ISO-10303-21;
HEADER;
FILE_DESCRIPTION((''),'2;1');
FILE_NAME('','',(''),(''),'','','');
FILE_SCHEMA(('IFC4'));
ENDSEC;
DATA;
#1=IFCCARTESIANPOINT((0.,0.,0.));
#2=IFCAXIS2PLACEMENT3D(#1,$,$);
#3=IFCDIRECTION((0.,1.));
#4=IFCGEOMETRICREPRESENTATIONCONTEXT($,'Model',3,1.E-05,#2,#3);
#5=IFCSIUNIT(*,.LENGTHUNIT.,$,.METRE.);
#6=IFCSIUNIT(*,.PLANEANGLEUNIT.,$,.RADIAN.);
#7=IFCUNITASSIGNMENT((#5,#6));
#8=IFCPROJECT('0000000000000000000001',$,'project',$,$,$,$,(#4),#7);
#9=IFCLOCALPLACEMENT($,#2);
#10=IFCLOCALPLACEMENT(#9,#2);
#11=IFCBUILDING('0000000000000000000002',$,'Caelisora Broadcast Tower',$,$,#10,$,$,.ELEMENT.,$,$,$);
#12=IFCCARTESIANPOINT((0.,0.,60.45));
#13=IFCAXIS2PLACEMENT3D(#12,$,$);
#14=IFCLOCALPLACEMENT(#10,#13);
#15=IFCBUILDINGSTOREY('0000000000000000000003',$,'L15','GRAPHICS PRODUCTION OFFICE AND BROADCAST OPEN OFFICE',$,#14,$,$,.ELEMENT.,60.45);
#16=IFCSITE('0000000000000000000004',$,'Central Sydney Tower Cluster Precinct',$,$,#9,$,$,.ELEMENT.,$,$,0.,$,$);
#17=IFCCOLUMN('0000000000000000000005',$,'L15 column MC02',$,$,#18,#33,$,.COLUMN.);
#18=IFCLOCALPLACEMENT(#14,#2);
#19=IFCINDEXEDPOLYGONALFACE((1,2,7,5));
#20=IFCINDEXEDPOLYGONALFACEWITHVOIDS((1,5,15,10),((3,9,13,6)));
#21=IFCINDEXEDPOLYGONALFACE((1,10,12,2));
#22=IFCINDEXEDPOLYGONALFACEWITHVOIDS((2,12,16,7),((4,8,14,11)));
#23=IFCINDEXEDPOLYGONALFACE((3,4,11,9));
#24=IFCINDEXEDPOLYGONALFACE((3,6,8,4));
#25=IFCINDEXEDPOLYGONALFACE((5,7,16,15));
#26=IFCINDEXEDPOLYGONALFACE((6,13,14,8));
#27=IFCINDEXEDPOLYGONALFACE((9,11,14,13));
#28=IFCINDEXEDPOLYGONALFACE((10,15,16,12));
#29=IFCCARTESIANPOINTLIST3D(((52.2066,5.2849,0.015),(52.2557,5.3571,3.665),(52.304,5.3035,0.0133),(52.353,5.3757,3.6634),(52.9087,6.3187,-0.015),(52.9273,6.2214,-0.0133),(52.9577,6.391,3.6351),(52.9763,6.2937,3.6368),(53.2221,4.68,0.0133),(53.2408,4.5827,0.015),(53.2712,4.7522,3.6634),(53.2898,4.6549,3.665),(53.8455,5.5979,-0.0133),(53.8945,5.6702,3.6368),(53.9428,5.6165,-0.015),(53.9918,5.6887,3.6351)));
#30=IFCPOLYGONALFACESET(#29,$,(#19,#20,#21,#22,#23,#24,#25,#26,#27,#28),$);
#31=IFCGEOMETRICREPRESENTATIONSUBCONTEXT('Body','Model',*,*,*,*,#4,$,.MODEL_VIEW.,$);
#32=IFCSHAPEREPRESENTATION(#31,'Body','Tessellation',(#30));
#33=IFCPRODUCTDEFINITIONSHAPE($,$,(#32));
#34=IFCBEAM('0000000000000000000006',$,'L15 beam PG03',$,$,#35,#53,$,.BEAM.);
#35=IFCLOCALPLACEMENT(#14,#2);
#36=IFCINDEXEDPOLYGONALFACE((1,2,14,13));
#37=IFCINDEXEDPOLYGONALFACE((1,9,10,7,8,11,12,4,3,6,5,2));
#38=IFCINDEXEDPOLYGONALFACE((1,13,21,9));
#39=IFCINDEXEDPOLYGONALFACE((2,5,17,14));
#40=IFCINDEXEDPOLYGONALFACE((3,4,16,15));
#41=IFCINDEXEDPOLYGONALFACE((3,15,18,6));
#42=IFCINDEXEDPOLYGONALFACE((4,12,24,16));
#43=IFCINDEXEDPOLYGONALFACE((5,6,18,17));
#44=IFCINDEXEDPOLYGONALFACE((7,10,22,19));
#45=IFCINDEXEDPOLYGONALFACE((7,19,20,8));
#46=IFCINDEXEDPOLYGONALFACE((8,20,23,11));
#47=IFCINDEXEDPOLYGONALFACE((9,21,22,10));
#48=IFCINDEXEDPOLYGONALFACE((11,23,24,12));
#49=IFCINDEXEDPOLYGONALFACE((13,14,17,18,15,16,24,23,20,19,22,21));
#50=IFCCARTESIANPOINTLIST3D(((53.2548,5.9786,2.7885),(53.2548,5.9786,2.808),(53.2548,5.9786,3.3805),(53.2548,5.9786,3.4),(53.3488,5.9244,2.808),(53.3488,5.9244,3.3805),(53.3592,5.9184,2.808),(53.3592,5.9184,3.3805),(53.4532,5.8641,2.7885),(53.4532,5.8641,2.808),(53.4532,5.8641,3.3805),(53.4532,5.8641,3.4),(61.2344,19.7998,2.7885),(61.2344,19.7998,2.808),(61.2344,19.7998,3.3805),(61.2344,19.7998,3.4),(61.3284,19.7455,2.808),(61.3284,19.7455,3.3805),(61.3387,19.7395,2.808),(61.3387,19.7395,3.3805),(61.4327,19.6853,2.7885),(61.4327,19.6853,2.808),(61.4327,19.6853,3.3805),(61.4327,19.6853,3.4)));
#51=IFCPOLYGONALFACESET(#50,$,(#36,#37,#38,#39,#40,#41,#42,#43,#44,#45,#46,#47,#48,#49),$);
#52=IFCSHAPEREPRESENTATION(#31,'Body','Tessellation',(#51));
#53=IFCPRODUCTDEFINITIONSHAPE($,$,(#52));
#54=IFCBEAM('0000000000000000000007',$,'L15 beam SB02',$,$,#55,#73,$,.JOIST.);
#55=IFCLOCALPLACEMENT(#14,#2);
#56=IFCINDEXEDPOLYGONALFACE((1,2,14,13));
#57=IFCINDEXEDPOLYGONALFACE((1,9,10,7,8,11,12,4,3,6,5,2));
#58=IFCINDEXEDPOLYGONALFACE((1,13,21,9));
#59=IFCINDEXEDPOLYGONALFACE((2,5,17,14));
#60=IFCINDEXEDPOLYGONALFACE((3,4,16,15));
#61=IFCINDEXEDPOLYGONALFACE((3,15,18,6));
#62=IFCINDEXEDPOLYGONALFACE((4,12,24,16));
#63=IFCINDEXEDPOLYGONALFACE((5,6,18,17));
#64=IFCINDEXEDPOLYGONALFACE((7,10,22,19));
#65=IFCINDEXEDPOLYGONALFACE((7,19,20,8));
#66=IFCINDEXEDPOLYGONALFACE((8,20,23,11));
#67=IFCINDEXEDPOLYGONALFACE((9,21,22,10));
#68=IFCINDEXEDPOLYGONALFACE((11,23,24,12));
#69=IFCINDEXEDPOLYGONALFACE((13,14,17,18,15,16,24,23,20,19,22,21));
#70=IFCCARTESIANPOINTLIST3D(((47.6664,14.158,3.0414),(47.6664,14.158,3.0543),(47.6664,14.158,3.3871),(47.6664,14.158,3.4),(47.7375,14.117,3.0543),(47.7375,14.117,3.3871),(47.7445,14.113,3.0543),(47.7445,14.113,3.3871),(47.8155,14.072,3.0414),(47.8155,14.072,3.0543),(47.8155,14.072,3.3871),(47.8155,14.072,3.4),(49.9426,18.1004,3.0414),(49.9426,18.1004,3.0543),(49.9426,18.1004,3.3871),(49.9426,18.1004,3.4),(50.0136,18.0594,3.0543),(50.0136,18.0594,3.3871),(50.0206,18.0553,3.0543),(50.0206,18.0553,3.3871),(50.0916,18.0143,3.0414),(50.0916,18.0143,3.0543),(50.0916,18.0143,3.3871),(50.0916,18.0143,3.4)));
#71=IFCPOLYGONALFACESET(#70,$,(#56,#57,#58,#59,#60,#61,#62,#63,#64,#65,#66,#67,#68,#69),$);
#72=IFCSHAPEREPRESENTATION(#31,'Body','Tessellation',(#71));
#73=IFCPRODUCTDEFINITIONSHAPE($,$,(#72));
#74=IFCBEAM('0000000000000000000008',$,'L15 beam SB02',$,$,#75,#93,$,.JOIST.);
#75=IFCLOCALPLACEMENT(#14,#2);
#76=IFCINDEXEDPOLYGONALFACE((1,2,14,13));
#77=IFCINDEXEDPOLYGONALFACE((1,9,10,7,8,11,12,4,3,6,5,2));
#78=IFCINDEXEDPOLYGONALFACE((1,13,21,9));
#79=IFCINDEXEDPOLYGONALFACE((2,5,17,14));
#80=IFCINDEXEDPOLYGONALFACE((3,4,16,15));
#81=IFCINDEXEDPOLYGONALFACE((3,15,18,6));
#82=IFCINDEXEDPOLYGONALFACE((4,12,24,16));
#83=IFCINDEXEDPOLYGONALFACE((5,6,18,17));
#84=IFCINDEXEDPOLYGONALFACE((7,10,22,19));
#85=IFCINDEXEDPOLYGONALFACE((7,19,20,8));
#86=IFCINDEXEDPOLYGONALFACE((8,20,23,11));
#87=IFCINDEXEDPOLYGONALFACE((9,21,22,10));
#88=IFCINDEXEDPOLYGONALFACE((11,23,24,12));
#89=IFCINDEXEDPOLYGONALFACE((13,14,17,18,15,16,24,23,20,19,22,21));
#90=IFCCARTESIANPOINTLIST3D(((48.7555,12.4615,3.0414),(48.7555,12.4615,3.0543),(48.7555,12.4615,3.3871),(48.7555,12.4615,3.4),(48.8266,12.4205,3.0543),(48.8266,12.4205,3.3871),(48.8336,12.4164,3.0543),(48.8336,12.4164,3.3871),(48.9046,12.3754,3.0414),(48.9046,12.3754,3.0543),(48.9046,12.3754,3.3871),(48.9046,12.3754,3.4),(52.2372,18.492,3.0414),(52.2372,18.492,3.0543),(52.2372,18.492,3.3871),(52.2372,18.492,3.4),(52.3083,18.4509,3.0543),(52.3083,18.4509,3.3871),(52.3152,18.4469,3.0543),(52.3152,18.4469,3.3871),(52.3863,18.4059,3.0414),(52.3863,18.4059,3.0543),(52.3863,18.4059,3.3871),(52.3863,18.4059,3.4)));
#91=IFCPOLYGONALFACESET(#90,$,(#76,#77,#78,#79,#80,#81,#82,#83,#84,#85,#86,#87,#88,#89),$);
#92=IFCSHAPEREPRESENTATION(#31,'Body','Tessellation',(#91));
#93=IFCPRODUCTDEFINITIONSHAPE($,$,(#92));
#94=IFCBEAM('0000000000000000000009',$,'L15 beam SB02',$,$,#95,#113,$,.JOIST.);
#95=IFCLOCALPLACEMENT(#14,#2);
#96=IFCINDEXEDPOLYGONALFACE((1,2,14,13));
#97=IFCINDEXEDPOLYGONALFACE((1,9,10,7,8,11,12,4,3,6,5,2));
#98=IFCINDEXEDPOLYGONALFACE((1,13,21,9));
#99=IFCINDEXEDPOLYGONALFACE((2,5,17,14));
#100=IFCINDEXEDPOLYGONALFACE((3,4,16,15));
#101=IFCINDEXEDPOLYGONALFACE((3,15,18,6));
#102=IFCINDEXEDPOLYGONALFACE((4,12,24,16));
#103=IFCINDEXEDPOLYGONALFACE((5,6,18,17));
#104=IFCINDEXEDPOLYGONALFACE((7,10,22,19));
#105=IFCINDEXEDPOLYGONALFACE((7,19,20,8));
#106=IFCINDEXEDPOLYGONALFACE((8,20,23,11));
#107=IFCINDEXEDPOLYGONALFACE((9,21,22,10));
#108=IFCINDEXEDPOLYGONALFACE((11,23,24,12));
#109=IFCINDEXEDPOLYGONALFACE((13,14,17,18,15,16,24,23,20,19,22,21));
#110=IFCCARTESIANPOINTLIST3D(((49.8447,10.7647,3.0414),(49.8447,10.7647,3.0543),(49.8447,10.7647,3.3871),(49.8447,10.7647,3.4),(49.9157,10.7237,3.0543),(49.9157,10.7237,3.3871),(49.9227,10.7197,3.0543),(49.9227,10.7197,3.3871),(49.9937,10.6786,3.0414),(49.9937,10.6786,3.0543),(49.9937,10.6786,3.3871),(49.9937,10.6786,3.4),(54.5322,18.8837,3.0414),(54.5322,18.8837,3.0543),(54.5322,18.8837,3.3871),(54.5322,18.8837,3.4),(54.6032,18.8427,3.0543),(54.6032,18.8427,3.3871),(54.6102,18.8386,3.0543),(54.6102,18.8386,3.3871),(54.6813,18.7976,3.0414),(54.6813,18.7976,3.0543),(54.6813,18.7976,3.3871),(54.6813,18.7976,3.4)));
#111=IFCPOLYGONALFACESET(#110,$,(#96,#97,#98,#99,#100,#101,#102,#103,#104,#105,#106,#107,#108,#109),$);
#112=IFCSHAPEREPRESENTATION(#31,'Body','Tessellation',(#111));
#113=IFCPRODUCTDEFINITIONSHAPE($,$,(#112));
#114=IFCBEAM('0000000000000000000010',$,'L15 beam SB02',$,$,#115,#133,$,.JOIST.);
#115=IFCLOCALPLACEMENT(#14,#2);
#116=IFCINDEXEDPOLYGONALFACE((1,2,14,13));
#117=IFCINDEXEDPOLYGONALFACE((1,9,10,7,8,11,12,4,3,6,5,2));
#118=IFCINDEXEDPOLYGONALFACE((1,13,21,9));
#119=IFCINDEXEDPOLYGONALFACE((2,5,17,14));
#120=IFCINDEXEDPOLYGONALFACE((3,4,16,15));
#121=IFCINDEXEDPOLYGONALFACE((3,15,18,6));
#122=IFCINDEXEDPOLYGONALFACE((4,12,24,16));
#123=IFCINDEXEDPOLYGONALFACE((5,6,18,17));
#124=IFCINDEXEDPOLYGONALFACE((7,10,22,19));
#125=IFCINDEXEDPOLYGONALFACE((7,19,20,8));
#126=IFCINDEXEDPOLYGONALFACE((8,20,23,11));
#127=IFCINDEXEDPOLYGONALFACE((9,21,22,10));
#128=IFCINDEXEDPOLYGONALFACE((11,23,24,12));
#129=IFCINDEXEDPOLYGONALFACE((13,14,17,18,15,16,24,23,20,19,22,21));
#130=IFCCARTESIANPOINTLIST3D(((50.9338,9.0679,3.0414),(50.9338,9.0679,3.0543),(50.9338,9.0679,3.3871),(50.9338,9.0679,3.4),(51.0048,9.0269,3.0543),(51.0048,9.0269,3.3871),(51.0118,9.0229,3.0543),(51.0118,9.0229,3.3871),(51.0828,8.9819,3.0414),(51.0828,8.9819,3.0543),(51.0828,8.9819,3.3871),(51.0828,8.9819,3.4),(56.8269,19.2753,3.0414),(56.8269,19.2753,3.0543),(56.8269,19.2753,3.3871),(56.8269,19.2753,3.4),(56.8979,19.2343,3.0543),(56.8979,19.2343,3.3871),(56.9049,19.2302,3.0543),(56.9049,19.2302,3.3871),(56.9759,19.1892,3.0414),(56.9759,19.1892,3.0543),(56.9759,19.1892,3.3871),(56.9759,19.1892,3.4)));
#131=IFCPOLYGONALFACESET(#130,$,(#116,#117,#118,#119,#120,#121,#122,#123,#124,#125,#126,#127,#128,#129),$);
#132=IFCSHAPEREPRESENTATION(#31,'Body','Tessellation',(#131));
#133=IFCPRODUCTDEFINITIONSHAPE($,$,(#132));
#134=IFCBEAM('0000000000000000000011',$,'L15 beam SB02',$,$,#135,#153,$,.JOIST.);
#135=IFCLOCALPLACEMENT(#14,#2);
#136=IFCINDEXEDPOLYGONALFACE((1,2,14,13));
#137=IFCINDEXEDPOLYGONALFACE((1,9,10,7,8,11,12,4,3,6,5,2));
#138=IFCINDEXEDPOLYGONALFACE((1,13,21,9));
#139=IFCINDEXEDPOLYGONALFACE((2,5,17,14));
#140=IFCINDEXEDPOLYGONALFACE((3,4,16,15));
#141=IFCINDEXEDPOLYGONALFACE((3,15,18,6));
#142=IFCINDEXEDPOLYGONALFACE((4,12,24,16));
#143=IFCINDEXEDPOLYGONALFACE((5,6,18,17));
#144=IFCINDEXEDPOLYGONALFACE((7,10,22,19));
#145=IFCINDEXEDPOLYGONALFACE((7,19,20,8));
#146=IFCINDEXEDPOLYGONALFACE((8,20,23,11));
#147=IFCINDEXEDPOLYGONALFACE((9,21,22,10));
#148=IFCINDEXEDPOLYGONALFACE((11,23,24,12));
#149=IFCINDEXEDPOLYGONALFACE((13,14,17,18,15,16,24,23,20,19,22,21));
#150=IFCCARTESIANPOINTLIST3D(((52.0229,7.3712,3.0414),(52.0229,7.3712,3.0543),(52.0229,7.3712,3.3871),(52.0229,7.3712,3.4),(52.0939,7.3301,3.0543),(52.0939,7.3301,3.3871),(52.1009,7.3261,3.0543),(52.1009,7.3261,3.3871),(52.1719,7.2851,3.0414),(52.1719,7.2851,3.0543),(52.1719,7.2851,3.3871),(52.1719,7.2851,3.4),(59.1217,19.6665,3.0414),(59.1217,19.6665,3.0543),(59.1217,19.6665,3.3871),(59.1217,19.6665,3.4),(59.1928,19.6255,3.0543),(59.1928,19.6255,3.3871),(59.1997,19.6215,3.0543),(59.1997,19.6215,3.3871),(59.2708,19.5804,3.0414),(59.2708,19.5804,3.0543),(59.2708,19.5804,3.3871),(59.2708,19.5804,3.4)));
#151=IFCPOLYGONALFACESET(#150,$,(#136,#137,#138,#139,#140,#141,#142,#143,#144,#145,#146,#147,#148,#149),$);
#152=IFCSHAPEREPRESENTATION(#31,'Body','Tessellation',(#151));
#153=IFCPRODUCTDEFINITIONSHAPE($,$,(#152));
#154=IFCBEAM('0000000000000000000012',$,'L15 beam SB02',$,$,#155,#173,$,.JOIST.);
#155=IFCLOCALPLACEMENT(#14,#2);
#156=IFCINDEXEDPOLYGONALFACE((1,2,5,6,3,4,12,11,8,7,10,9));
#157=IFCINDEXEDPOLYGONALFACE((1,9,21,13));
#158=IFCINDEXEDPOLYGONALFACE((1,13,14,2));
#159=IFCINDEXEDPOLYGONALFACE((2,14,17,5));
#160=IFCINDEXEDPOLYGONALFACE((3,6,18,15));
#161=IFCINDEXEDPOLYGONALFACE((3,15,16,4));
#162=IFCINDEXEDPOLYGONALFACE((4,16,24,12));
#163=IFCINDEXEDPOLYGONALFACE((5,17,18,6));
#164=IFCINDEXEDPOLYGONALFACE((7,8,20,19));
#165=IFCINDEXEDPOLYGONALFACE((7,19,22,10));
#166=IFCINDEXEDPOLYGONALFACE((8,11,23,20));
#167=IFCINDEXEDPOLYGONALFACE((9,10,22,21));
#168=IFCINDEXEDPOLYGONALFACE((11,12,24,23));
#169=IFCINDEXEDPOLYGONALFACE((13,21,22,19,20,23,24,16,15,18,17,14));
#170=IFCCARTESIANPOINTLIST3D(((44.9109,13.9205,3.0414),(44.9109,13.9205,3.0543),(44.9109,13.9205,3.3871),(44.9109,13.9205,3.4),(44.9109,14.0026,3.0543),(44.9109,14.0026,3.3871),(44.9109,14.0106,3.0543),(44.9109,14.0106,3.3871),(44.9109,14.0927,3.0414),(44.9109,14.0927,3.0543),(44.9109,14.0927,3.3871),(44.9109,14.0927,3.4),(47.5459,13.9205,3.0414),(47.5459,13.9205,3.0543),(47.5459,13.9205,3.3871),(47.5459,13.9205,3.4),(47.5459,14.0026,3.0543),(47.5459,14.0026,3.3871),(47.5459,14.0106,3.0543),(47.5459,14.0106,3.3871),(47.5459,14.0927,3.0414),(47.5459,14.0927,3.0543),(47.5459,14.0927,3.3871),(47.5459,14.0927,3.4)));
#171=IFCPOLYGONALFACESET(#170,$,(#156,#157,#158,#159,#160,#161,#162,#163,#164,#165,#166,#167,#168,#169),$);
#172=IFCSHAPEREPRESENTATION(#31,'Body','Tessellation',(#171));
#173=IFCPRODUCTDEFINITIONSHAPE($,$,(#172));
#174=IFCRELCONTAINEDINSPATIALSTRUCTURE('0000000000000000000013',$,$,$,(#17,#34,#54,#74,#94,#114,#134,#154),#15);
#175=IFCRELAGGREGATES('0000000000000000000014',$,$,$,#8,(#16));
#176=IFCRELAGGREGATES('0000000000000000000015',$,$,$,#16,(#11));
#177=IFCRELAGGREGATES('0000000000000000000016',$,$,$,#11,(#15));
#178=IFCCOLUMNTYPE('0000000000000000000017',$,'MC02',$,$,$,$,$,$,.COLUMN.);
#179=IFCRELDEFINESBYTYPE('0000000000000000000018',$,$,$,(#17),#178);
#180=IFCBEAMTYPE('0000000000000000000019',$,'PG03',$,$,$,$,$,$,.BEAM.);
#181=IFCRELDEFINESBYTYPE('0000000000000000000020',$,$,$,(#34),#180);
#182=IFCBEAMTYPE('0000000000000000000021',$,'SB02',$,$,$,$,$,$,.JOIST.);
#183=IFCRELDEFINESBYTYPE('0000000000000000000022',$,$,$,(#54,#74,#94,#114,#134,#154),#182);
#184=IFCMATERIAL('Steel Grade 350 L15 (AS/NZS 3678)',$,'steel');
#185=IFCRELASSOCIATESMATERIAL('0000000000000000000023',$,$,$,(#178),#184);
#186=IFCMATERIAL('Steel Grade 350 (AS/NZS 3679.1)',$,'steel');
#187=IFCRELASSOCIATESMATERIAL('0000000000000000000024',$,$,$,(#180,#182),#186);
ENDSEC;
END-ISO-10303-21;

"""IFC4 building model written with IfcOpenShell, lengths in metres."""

from ifc_helpers import new_model, si_unit, direction, frame, origin, origin_2d, place, context, subcontext, project, spatial, hollow_rectangle, i_section, extrude, source, transform, mapped, material, material_profile, profile_set, type_object, type_shapes, element, save


model = new_model("IFC4")

# Units and contexts
model_context = context("Model", 3, precision=1e-05, world=origin(), true_north=direction((0.0, 1.0)))
body_context = subcontext(model_context, "Body", "Model", "MODEL_VIEW")
ifc_project = project(units=[si_unit("LENGTHUNIT", "METRE"), si_unit("PLANEANGLEUNIT", "RADIAN")], contexts=[model_context])

# Site, building, storey
site_placement = place(None, origin())
site = spatial("IfcSite", under=ifc_project, at=site_placement, Name="Central Sydney Tower Cluster Precinct", CompositionType="ELEMENT", RefElevation=0.0)
building_placement = place(site_placement, origin())
building = spatial("IfcBuilding", under=site, at=building_placement, Name="Caelisora Broadcast Tower", CompositionType="ELEMENT")
storey_placement = place(building_placement, frame((0.0, 0.0, 60.45)))
storey = spatial("IfcBuildingStorey", under=building, at=storey_placement, Name="L15", Description="GRAPHICS PRODUCTION OFFICE AND BROADCAST OPEN OFFICE", CompositionType="ELEMENT", Elevation=60.45)

# Column
ifc_material_1 = material(Name="Steel Grade 350 L15 (AS/NZS 3678)", Category="steel")
ifc_material_profile_1 = material_profile(ifc_material_1, hollow_rectangle(XDim=1.25, YDim=1.25, WallThickness=0.0701, at=origin_2d()), Name="Steel Grade 350 L15 (AS/NZS 3678)")
ifc_profile_set_1 = profile_set([ifc_material_profile_1], Name="Steel Grade 350 L15 (AS/NZS 3678)")
column_type = type_object("IfcColumnType", Name="MC02", PredefinedType="COLUMN", material=ifc_profile_set_1)
shared_shape_1 = source(origin(), body_context, "Body", "SweptSolid", [
    extrude(hollow_rectangle(XDim=1.25, YDim=1.25, WallThickness=0.0701, at=origin_2d()), origin(), (0.0, 0.0, 1.0), 3.6511),
])
type_shapes(column_type, [shared_shape_1])
column_placement = place(storey_placement, frame((53.0747, 5.4507, 0.0), z_axis=(0.01344, 0.019792, 0.999714), x_axis=(-0.82729, 0.561775, 0.0)))
element("IfcColumn", 1, at=column_placement, inside=storey, type_object=column_type, Name="L15 column MC02", PredefinedType="COLUMN", context=body_context, shape_type="MappedRepresentation", body=[
    mapped(shared_shape_1, transform((0.0, 0.0, 0.0), scale=1.0)),
])

# Beams
ifc_material_2 = material(Name="Steel Grade 350 (AS/NZS 3679.1)", Category="steel")
ifc_material_profile_2 = material_profile(ifc_material_2, i_section(OverallWidth=0.229, OverallDepth=0.6116, WebThickness=0.012, FlangeThickness=0.0195, at=origin_2d()), Name="Steel Grade 350 (AS/NZS 3679.1)")
ifc_profile_set_2 = profile_set([ifc_material_profile_2], Name="Steel Grade 350 (AS/NZS 3679.1)")
beam_type_1 = type_object("IfcBeamType", Name="PG03", PredefinedType="BEAM", material=ifc_profile_set_2)
shared_shape_2 = source(origin(), body_context, "Body", "SweptSolid", [
    extrude(i_section(OverallWidth=0.229, OverallDepth=0.6116, WebThickness=0.012, FlangeThickness=0.0195, at=origin_2d()), origin(), (0.0, 0.0, 1.0), 15.9592),
])
type_shapes(beam_type_1, [shared_shape_2])
beam_1_placement = place(storey_placement, frame((53.354, 5.9214, 3.0942), z_axis=(0.499996, 0.866028, 0.0), x_axis=(-0.866028, 0.499996, 0.0)))
element("IfcBeam", 2, at=beam_1_placement, inside=storey, type_object=beam_type_1, Name="L15 beam PG03", PredefinedType="BEAM", context=body_context, shape_type="MappedRepresentation", body=[
    mapped(shared_shape_2, transform((0.0, 0.0, 0.0), scale=1.0)),
])
ifc_material_profile_3 = material_profile(ifc_material_2, i_section(OverallWidth=0.1721, OverallDepth=0.3586, WebThickness=0.0081, FlangeThickness=0.0129, at=origin_2d()), Name="Steel Grade 350 (AS/NZS 3679.1)")
ifc_profile_set_3 = profile_set([ifc_material_profile_3], Name="Steel Grade 350 (AS/NZS 3679.1)")
beam_type_2 = type_object("IfcBeamType", Name="SB02", PredefinedType="JOIST", material=ifc_profile_set_3)
shared_shape_3 = source(origin(), body_context, "Body", "SweptSolid", [
    extrude(i_section(OverallWidth=0.1721, OverallDepth=0.3586, WebThickness=0.0081, FlangeThickness=0.0129, at=origin_2d()), origin(), (0.0, 0.0, 1.0), 4.5522),
])
beam_2_placement = place(storey_placement, frame((47.741, 14.115, 3.2207), z_axis=(0.499998, 0.866027, 0.0), x_axis=(-0.866027, 0.499998, 0.0)))
element("IfcBeam", 3, at=beam_2_placement, inside=storey, type_object=beam_type_2, Name="L15 beam SB02", PredefinedType="JOIST", context=body_context, shape_type="MappedRepresentation", body=[
    mapped(shared_shape_3, transform((0.0, 0.0, 0.0), scale=1.0)),
])
shared_shape_4 = source(origin(), body_context, "Body", "SweptSolid", [
    extrude(i_section(OverallWidth=0.1721, OverallDepth=0.3586, WebThickness=0.0081, FlangeThickness=0.0129, at=origin_2d()), origin(), (0.0, 0.0, 1.0), 6.9634),
])
beam_3_placement = place(storey_placement, frame((48.8301, 12.4185, 3.2207), z_axis=(0.499997, 0.866027, 0.0), x_axis=(-0.866027, 0.499997, 0.0)))
element("IfcBeam", 4, at=beam_3_placement, inside=storey, type_object=beam_type_2, Name="L15 beam SB02", PredefinedType="JOIST", context=body_context, shape_type="MappedRepresentation", body=[
    mapped(shared_shape_4, transform((0.0, 0.0, 0.0), scale=1.0)),
])
shared_shape_5 = source(origin(), body_context, "Body", "SweptSolid", [
    extrude(i_section(OverallWidth=0.1721, OverallDepth=0.3586, WebThickness=0.0081, FlangeThickness=0.0129, at=origin_2d()), origin(), (0.0, 0.0, 1.0), 9.375),
])
beam_4_placement = place(storey_placement, frame((49.9192, 10.7217, 3.2207), z_axis=(0.500004, 0.866023, 0.0), x_axis=(-0.866023, 0.500004, 0.0)))
element("IfcBeam", 5, at=beam_4_placement, inside=storey, type_object=beam_type_2, Name="L15 beam SB02", PredefinedType="JOIST", context=body_context, shape_type="MappedRepresentation", body=[
    mapped(shared_shape_5, transform((0.0, 0.0, 0.0), scale=1.0)),
])
shared_shape_6 = source(origin(), body_context, "Body", "SweptSolid", [
    extrude(i_section(OverallWidth=0.1721, OverallDepth=0.3586, WebThickness=0.0081, FlangeThickness=0.0129, at=origin_2d()), origin(), (0.0, 0.0, 1.0), 11.7864),
])
beam_5_placement = place(storey_placement, frame((51.0083, 9.0249, 3.2207), z_axis=(0.499993, 0.866029, 0.0), x_axis=(-0.866029, 0.499993, 0.0)))
element("IfcBeam", 6, at=beam_5_placement, inside=storey, type_object=beam_type_2, Name="L15 beam SB02", PredefinedType="JOIST", context=body_context, shape_type="MappedRepresentation", body=[
    mapped(shared_shape_6, transform((0.0, 0.0, 0.0), scale=1.0)),
])
shared_shape_7 = source(origin(), body_context, "Body", "SweptSolid", [
    extrude(i_section(OverallWidth=0.1721, OverallDepth=0.3586, WebThickness=0.0081, FlangeThickness=0.0129, at=origin_2d()), origin(), (0.0, 0.0, 1.0), 14.1975),
])
beam_6_placement = place(storey_placement, frame((52.0974, 7.3281, 3.2207), z_axis=(0.500006, 0.866022, 0.0), x_axis=(-0.866022, 0.500006, 0.0)))
element("IfcBeam", 7, at=beam_6_placement, inside=storey, type_object=beam_type_2, Name="L15 beam SB02", PredefinedType="JOIST", context=body_context, shape_type="MappedRepresentation", body=[
    mapped(shared_shape_7, transform((0.0, 0.0, 0.0), scale=1.0)),
])
shared_shape_8 = source(origin(), body_context, "Body", "SweptSolid", [
    extrude(i_section(OverallWidth=0.1721, OverallDepth=0.3586, WebThickness=0.0081, FlangeThickness=0.0129, at=origin_2d()), origin(), (0.0, 0.0, 1.0), 2.635),
])
type_shapes(beam_type_2, [shared_shape_3, shared_shape_4, shared_shape_5, shared_shape_6, shared_shape_7, shared_shape_8])
beam_7_placement = place(storey_placement, frame((44.9109, 14.0066, 3.2207), z_axis=(1.0, 0.0, 0.0), x_axis=(0.0, 1.0, 0.0)))
element("IfcBeam", 8, at=beam_7_placement, inside=storey, type_object=beam_type_2, Name="L15 beam SB02", PredefinedType="JOIST", context=body_context, shape_type="MappedRepresentation", body=[
    mapped(shared_shape_8, transform((0.0, 0.0, 0.0), scale=1.0)),
])

save(model, "model.ifc")
